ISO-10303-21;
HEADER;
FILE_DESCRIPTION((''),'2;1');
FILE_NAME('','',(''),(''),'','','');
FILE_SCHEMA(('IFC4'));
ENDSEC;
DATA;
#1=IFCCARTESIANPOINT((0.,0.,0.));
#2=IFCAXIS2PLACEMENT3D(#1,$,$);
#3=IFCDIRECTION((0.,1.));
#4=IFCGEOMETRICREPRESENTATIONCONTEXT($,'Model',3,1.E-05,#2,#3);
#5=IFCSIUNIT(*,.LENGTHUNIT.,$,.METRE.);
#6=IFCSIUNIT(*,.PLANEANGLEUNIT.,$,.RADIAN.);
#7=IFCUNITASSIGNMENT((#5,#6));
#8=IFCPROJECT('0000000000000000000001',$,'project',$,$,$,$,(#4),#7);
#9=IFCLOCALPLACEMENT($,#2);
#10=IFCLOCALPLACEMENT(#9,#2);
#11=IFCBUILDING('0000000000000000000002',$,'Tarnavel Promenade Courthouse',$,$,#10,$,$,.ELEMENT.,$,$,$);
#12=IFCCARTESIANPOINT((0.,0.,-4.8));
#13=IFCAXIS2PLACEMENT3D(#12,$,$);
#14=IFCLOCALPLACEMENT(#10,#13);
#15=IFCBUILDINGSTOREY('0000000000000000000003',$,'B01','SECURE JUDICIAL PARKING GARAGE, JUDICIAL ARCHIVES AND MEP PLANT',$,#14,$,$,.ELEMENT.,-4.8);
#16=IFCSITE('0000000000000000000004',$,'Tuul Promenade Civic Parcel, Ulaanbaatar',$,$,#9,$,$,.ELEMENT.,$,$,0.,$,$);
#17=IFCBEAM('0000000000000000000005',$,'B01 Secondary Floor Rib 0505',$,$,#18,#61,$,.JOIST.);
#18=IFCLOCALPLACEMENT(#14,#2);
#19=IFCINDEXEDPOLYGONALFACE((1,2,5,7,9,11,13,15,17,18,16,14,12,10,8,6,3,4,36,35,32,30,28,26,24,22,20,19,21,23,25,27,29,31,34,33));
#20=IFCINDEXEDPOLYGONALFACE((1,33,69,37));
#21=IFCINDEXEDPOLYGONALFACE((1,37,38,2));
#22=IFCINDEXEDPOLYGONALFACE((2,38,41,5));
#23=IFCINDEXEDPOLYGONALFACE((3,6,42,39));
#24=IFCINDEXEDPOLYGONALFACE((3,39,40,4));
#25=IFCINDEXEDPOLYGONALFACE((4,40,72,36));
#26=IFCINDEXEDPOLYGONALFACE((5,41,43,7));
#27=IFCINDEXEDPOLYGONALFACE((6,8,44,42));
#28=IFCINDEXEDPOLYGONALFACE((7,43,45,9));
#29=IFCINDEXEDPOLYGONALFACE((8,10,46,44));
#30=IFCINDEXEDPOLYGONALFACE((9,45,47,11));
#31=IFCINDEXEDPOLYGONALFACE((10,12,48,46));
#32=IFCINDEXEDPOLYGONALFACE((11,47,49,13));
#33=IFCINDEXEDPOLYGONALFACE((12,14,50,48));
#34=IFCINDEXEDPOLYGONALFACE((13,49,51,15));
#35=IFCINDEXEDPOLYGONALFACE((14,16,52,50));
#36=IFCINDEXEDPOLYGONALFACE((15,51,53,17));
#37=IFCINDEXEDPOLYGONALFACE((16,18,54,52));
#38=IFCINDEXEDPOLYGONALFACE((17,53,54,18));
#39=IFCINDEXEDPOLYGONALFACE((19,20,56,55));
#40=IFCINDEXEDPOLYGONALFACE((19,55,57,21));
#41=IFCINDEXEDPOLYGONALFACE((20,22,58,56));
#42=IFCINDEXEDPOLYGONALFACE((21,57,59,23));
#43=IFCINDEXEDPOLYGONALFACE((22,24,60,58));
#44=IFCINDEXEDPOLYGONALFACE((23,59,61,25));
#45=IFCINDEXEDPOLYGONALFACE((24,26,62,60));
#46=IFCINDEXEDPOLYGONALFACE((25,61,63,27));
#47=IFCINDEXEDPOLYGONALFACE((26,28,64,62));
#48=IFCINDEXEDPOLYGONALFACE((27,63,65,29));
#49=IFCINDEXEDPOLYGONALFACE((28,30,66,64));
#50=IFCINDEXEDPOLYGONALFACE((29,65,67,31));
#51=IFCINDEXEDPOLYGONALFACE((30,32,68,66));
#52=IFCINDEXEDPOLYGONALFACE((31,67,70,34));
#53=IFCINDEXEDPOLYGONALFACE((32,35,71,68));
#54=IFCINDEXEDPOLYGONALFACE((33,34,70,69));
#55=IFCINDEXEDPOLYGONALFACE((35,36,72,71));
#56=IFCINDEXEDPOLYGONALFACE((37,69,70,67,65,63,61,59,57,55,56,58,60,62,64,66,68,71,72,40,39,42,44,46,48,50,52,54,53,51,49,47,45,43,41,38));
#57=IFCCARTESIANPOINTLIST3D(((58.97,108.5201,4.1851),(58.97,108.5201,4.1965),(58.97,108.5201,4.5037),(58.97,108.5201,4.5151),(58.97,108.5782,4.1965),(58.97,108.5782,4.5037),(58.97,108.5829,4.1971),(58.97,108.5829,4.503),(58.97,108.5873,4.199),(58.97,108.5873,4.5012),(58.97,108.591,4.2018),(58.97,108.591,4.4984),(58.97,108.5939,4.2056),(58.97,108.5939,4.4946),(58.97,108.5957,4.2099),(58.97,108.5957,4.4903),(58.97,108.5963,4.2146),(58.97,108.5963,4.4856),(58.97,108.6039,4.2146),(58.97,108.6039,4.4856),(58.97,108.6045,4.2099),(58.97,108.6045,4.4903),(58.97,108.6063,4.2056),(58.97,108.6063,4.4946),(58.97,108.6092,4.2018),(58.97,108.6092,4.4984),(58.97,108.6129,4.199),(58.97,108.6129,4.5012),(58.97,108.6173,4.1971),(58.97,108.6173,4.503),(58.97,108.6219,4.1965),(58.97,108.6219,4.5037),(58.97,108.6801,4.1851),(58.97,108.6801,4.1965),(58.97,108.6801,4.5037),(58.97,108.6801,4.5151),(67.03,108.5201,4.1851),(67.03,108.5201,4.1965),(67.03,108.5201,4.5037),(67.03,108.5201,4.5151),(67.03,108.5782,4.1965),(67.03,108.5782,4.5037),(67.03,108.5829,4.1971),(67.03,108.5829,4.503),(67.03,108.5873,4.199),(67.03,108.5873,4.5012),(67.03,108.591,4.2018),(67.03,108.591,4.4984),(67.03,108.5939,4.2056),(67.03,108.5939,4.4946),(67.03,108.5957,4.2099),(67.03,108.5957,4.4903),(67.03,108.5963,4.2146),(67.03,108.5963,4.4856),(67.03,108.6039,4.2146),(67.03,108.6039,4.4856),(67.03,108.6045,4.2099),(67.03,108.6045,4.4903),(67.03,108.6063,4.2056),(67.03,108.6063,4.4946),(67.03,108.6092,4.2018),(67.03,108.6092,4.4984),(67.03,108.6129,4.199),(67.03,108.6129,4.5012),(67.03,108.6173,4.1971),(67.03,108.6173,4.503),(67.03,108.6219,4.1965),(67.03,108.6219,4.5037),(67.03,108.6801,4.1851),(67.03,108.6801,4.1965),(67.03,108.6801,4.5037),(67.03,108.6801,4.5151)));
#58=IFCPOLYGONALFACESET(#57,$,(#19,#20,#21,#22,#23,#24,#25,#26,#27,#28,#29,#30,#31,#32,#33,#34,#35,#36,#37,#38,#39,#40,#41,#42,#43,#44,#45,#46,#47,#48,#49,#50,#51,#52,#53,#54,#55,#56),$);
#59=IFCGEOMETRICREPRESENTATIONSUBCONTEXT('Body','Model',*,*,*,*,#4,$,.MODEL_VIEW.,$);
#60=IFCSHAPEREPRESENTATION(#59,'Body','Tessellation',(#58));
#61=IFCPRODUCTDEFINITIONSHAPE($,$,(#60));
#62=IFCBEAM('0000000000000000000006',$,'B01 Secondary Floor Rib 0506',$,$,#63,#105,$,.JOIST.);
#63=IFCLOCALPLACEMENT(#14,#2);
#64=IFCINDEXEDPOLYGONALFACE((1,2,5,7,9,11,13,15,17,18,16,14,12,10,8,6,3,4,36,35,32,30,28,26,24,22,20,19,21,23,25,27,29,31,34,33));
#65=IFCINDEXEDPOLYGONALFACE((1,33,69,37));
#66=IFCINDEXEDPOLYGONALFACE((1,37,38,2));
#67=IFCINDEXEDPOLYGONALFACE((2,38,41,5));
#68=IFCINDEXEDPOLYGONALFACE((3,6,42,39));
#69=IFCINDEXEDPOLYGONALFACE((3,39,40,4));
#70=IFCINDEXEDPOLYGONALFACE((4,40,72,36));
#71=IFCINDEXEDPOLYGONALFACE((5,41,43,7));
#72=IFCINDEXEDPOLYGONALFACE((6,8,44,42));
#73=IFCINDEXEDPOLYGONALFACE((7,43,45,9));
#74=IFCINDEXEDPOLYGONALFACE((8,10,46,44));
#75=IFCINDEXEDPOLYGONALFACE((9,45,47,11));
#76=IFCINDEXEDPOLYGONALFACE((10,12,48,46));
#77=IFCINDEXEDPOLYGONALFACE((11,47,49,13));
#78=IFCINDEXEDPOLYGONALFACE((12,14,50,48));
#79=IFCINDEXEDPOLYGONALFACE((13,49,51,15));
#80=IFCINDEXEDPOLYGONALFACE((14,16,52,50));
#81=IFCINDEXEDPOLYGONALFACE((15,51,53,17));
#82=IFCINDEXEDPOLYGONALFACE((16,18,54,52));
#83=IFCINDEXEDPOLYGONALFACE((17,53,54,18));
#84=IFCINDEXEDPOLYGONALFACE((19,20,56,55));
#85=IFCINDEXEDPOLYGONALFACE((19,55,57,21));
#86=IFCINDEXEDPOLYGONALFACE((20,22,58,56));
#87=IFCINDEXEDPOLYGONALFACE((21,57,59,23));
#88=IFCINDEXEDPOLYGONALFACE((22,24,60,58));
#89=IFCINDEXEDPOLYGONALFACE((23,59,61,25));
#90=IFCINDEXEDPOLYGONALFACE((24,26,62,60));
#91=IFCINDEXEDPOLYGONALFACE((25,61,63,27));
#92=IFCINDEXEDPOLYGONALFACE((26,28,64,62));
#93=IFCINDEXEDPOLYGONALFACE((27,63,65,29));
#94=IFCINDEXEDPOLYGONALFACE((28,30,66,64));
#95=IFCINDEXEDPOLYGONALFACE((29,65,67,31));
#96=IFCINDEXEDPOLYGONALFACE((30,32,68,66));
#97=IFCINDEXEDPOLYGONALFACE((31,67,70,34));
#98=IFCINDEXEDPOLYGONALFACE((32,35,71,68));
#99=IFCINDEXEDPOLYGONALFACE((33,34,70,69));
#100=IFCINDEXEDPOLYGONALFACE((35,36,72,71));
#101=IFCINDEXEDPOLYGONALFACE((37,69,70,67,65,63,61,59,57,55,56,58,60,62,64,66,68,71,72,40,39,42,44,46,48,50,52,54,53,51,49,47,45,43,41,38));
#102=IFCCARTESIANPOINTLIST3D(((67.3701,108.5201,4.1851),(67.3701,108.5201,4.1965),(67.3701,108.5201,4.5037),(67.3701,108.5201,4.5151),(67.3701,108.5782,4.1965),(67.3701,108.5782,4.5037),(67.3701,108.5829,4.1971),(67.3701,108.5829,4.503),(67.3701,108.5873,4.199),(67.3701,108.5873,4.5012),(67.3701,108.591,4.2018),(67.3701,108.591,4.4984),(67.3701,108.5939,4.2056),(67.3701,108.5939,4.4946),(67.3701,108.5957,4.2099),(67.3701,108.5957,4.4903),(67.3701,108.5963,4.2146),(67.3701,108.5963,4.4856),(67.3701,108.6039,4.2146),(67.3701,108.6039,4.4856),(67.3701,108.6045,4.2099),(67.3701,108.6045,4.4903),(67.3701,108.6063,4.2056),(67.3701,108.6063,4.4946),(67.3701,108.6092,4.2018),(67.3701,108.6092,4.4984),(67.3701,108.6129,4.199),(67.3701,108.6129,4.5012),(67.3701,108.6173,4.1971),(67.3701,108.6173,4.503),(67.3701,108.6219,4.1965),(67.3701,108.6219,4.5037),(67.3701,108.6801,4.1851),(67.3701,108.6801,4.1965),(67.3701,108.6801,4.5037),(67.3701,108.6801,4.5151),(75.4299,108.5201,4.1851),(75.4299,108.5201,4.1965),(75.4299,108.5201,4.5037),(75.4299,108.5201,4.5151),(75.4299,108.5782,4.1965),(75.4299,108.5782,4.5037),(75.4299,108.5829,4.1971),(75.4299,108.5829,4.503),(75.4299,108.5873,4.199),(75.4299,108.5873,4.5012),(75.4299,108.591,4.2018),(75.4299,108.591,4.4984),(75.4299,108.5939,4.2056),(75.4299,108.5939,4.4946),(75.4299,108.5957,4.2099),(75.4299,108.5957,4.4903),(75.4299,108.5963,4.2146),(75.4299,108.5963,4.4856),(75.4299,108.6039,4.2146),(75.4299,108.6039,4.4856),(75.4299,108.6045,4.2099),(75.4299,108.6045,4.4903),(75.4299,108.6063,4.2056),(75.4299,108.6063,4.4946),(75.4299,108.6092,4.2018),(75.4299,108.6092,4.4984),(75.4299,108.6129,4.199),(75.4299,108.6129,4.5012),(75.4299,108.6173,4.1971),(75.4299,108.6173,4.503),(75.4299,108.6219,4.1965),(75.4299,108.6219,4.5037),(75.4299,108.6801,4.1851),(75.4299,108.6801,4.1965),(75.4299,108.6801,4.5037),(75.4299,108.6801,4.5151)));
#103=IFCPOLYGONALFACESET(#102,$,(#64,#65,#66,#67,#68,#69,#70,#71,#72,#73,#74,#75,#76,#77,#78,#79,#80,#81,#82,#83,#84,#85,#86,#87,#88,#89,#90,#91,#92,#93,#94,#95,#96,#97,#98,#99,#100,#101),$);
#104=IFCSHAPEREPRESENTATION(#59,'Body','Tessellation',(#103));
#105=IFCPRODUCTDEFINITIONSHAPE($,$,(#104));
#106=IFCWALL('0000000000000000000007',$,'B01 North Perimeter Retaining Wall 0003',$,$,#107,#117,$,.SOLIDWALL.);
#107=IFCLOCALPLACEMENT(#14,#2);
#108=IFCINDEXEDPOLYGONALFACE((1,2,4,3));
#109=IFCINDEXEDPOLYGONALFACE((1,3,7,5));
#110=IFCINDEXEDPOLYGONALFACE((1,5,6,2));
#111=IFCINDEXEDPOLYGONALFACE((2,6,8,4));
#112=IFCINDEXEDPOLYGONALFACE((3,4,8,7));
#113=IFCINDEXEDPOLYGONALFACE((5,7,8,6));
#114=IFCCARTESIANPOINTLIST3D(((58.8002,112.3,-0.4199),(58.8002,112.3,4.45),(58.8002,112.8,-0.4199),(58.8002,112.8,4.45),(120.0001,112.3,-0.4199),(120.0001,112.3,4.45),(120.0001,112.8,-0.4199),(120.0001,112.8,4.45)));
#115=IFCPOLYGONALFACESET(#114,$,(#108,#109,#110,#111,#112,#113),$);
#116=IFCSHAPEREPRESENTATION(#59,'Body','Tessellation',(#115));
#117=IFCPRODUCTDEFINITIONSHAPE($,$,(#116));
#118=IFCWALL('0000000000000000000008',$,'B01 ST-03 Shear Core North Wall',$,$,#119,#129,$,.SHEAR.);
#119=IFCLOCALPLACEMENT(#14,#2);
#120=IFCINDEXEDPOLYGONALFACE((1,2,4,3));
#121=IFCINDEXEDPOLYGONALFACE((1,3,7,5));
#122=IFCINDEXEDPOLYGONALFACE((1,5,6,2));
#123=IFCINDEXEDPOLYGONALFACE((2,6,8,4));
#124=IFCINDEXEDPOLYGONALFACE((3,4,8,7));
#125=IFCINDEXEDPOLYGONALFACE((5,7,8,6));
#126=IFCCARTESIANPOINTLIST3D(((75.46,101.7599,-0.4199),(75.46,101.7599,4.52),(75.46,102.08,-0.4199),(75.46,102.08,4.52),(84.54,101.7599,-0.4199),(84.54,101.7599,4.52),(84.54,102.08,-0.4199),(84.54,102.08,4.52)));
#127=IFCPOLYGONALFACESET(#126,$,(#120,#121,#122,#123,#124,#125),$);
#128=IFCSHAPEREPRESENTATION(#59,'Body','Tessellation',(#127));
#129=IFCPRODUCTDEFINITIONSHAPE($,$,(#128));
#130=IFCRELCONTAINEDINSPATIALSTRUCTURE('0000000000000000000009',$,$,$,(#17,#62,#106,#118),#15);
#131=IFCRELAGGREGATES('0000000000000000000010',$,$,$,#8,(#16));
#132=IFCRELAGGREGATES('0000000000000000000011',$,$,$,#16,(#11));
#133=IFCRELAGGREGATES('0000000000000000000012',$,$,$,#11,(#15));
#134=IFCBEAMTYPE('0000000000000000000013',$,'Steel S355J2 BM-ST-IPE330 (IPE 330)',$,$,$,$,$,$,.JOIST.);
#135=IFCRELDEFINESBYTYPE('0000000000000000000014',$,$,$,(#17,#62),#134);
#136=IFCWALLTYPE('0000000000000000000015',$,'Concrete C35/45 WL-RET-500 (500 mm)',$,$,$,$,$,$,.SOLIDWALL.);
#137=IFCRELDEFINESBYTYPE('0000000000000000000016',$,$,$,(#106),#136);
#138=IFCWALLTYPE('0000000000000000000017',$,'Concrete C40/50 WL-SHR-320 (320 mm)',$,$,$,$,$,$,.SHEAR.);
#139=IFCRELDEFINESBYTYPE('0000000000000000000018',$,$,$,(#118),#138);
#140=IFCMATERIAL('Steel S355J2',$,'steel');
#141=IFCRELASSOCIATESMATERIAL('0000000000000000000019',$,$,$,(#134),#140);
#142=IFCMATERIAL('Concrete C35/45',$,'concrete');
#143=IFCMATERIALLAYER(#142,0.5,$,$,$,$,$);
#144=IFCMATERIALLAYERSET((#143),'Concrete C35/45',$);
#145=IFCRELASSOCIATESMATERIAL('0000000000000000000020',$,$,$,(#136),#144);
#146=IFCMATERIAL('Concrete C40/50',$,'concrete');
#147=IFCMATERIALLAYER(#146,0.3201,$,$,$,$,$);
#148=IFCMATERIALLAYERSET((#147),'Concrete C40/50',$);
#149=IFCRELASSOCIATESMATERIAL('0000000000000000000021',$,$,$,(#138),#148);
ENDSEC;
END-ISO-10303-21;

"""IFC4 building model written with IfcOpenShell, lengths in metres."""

from ifc_helpers import new_model, si_unit, direction, frame, frame_2d, origin, origin_2d, place, context, subcontext, project, spatial, rectangle, i_section, extrude, material, layer, layer_set, material_profile, profile_set, type_object, element, save


model = new_model("IFC4")

# Units and contexts
model_context = context("Model", 3, precision=1e-05, world=origin(), true_north=direction((0.0, 1.0)))
body_context = subcontext(model_context, "Body", "Model", "MODEL_VIEW")
ifc_project = project(units=[si_unit("LENGTHUNIT", "METRE"), si_unit("PLANEANGLEUNIT", "RADIAN")], contexts=[model_context])

# Site, building, storey
site_placement = place(None, origin())
site = spatial("IfcSite", under=ifc_project, at=site_placement, Name="Tuul Promenade Civic Parcel, Ulaanbaatar", CompositionType="ELEMENT", RefElevation=0.0)
building_placement = place(site_placement, origin())
building = spatial("IfcBuilding", under=site, at=building_placement, Name="Tarnavel Promenade Courthouse", CompositionType="ELEMENT")
storey_placement = place(building_placement, frame((0.0, 0.0, -4.8)))
storey = spatial("IfcBuildingStorey", under=building, at=storey_placement, Name="B01", Description="SECURE JUDICIAL PARKING GARAGE, JUDICIAL ARCHIVES AND MEP PLANT", CompositionType="ELEMENT", Elevation=-4.8)

# Shared definitions
ifc_material_1 = material(Name="Concrete C35/45", Category="concrete")

# Shared definitions
ifc_material_2 = material(Name="Concrete C40/50", Category="concrete")

# Beams
ifc_material_3 = material(Name="Steel S355J2", Category="steel")
ifc_material_profile_1 = material_profile(ifc_material_3, i_section(OverallWidth=0.1599, OverallDepth=0.3301, WebThickness=0.0076, FlangeThickness=0.0115, FilletRadius=0.0181, at=origin_2d()), Name="IPE 330")
ifc_profile_set_1 = profile_set([ifc_material_profile_1], Name="Steel S355J2")
beam_type_1 = type_object("IfcBeamType", Name="Steel S355J2 BM-ST-IPE330 (IPE 330)", PredefinedType="JOIST", material=ifc_profile_set_1)
beam_1_placement = place(storey_placement, frame((58.97, 108.6001, 4.3501), z_axis=(1.0, 0.0, 0.0), x_axis=(0.0, 1.0, 0.0)))
element("IfcBeam", 1, at=beam_1_placement, inside=storey, type_object=beam_type_1, Name="B01 Secondary Floor Rib 0505", PredefinedType="JOIST", context=body_context, shape_type="SweptSolid", body=[
    extrude(i_section(OverallWidth=0.1599, OverallDepth=0.3301, WebThickness=0.0076, FlangeThickness=0.0115, FilletRadius=0.0181, at=origin_2d()), origin(), (0.0, 0.0, 1.0), 8.0601),
])
beam_2_placement = place(storey_placement, frame((67.3701, 108.6001, 4.3501), z_axis=(1.0, 0.0, 0.0), x_axis=(0.0, 1.0, 0.0)))
element("IfcBeam", 2, at=beam_2_placement, inside=storey, type_object=beam_type_1, Name="B01 Secondary Floor Rib 0506", PredefinedType="JOIST", context=body_context, shape_type="SweptSolid", body=[
    extrude(i_section(OverallWidth=0.1599, OverallDepth=0.3301, WebThickness=0.0076, FlangeThickness=0.0115, FilletRadius=0.0181, at=origin_2d()), origin(), (0.0, 0.0, 1.0), 8.0598),
])

# Walls
ifc_layer_1 = layer(ifc_material_1, 0.5)
ifc_layer_set_1 = layer_set([ifc_layer_1], Name="Concrete C35/45")
wall_type_1 = type_object("IfcWallType", Name="Concrete C35/45 WL-RET-500 (500 mm)", PredefinedType="SOLIDWALL", material=ifc_layer_set_1)
wall_1_placement = place(storey_placement, frame((58.8, 112.55, -0.4199), z_axis=(0.0, 0.0, 1.0), x_axis=(1.0, 0.0, 0.0)))
element("IfcWall", 3, at=wall_1_placement, inside=storey, type_object=wall_type_1, Name="B01 North Perimeter Retaining Wall 0003", PredefinedType="SOLIDWALL", context=body_context, shape_type="SweptSolid", body=[
    extrude(rectangle(XDim=61.2, YDim=0.5, at=frame_2d((30.6001, 0.0))), origin(), (0.0, 0.0, 1.0), 4.8699),
])
ifc_layer_2 = layer(ifc_material_2, 0.3201)
ifc_layer_set_2 = layer_set([ifc_layer_2], Name="Concrete C40/50")
wall_type_2 = type_object("IfcWallType", Name="Concrete C40/50 WL-SHR-320 (320 mm)", PredefinedType="SHEAR", material=ifc_layer_set_2)
wall_2_placement = place(storey_placement, frame((75.46, 101.9199, -0.4199), z_axis=(0.0, 0.0, 1.0), x_axis=(1.0, 0.0, 0.0)))
element("IfcWall", 4, at=wall_2_placement, inside=storey, type_object=wall_type_2, Name="B01 ST-03 Shear Core North Wall", PredefinedType="SHEAR", context=body_context, shape_type="SweptSolid", body=[
    extrude(rectangle(XDim=9.0801, YDim=0.3201, at=frame_2d((4.54, 0.0))), origin(), (0.0, 0.0, 1.0), 4.9399),
])

save(model, "model.ifc")
